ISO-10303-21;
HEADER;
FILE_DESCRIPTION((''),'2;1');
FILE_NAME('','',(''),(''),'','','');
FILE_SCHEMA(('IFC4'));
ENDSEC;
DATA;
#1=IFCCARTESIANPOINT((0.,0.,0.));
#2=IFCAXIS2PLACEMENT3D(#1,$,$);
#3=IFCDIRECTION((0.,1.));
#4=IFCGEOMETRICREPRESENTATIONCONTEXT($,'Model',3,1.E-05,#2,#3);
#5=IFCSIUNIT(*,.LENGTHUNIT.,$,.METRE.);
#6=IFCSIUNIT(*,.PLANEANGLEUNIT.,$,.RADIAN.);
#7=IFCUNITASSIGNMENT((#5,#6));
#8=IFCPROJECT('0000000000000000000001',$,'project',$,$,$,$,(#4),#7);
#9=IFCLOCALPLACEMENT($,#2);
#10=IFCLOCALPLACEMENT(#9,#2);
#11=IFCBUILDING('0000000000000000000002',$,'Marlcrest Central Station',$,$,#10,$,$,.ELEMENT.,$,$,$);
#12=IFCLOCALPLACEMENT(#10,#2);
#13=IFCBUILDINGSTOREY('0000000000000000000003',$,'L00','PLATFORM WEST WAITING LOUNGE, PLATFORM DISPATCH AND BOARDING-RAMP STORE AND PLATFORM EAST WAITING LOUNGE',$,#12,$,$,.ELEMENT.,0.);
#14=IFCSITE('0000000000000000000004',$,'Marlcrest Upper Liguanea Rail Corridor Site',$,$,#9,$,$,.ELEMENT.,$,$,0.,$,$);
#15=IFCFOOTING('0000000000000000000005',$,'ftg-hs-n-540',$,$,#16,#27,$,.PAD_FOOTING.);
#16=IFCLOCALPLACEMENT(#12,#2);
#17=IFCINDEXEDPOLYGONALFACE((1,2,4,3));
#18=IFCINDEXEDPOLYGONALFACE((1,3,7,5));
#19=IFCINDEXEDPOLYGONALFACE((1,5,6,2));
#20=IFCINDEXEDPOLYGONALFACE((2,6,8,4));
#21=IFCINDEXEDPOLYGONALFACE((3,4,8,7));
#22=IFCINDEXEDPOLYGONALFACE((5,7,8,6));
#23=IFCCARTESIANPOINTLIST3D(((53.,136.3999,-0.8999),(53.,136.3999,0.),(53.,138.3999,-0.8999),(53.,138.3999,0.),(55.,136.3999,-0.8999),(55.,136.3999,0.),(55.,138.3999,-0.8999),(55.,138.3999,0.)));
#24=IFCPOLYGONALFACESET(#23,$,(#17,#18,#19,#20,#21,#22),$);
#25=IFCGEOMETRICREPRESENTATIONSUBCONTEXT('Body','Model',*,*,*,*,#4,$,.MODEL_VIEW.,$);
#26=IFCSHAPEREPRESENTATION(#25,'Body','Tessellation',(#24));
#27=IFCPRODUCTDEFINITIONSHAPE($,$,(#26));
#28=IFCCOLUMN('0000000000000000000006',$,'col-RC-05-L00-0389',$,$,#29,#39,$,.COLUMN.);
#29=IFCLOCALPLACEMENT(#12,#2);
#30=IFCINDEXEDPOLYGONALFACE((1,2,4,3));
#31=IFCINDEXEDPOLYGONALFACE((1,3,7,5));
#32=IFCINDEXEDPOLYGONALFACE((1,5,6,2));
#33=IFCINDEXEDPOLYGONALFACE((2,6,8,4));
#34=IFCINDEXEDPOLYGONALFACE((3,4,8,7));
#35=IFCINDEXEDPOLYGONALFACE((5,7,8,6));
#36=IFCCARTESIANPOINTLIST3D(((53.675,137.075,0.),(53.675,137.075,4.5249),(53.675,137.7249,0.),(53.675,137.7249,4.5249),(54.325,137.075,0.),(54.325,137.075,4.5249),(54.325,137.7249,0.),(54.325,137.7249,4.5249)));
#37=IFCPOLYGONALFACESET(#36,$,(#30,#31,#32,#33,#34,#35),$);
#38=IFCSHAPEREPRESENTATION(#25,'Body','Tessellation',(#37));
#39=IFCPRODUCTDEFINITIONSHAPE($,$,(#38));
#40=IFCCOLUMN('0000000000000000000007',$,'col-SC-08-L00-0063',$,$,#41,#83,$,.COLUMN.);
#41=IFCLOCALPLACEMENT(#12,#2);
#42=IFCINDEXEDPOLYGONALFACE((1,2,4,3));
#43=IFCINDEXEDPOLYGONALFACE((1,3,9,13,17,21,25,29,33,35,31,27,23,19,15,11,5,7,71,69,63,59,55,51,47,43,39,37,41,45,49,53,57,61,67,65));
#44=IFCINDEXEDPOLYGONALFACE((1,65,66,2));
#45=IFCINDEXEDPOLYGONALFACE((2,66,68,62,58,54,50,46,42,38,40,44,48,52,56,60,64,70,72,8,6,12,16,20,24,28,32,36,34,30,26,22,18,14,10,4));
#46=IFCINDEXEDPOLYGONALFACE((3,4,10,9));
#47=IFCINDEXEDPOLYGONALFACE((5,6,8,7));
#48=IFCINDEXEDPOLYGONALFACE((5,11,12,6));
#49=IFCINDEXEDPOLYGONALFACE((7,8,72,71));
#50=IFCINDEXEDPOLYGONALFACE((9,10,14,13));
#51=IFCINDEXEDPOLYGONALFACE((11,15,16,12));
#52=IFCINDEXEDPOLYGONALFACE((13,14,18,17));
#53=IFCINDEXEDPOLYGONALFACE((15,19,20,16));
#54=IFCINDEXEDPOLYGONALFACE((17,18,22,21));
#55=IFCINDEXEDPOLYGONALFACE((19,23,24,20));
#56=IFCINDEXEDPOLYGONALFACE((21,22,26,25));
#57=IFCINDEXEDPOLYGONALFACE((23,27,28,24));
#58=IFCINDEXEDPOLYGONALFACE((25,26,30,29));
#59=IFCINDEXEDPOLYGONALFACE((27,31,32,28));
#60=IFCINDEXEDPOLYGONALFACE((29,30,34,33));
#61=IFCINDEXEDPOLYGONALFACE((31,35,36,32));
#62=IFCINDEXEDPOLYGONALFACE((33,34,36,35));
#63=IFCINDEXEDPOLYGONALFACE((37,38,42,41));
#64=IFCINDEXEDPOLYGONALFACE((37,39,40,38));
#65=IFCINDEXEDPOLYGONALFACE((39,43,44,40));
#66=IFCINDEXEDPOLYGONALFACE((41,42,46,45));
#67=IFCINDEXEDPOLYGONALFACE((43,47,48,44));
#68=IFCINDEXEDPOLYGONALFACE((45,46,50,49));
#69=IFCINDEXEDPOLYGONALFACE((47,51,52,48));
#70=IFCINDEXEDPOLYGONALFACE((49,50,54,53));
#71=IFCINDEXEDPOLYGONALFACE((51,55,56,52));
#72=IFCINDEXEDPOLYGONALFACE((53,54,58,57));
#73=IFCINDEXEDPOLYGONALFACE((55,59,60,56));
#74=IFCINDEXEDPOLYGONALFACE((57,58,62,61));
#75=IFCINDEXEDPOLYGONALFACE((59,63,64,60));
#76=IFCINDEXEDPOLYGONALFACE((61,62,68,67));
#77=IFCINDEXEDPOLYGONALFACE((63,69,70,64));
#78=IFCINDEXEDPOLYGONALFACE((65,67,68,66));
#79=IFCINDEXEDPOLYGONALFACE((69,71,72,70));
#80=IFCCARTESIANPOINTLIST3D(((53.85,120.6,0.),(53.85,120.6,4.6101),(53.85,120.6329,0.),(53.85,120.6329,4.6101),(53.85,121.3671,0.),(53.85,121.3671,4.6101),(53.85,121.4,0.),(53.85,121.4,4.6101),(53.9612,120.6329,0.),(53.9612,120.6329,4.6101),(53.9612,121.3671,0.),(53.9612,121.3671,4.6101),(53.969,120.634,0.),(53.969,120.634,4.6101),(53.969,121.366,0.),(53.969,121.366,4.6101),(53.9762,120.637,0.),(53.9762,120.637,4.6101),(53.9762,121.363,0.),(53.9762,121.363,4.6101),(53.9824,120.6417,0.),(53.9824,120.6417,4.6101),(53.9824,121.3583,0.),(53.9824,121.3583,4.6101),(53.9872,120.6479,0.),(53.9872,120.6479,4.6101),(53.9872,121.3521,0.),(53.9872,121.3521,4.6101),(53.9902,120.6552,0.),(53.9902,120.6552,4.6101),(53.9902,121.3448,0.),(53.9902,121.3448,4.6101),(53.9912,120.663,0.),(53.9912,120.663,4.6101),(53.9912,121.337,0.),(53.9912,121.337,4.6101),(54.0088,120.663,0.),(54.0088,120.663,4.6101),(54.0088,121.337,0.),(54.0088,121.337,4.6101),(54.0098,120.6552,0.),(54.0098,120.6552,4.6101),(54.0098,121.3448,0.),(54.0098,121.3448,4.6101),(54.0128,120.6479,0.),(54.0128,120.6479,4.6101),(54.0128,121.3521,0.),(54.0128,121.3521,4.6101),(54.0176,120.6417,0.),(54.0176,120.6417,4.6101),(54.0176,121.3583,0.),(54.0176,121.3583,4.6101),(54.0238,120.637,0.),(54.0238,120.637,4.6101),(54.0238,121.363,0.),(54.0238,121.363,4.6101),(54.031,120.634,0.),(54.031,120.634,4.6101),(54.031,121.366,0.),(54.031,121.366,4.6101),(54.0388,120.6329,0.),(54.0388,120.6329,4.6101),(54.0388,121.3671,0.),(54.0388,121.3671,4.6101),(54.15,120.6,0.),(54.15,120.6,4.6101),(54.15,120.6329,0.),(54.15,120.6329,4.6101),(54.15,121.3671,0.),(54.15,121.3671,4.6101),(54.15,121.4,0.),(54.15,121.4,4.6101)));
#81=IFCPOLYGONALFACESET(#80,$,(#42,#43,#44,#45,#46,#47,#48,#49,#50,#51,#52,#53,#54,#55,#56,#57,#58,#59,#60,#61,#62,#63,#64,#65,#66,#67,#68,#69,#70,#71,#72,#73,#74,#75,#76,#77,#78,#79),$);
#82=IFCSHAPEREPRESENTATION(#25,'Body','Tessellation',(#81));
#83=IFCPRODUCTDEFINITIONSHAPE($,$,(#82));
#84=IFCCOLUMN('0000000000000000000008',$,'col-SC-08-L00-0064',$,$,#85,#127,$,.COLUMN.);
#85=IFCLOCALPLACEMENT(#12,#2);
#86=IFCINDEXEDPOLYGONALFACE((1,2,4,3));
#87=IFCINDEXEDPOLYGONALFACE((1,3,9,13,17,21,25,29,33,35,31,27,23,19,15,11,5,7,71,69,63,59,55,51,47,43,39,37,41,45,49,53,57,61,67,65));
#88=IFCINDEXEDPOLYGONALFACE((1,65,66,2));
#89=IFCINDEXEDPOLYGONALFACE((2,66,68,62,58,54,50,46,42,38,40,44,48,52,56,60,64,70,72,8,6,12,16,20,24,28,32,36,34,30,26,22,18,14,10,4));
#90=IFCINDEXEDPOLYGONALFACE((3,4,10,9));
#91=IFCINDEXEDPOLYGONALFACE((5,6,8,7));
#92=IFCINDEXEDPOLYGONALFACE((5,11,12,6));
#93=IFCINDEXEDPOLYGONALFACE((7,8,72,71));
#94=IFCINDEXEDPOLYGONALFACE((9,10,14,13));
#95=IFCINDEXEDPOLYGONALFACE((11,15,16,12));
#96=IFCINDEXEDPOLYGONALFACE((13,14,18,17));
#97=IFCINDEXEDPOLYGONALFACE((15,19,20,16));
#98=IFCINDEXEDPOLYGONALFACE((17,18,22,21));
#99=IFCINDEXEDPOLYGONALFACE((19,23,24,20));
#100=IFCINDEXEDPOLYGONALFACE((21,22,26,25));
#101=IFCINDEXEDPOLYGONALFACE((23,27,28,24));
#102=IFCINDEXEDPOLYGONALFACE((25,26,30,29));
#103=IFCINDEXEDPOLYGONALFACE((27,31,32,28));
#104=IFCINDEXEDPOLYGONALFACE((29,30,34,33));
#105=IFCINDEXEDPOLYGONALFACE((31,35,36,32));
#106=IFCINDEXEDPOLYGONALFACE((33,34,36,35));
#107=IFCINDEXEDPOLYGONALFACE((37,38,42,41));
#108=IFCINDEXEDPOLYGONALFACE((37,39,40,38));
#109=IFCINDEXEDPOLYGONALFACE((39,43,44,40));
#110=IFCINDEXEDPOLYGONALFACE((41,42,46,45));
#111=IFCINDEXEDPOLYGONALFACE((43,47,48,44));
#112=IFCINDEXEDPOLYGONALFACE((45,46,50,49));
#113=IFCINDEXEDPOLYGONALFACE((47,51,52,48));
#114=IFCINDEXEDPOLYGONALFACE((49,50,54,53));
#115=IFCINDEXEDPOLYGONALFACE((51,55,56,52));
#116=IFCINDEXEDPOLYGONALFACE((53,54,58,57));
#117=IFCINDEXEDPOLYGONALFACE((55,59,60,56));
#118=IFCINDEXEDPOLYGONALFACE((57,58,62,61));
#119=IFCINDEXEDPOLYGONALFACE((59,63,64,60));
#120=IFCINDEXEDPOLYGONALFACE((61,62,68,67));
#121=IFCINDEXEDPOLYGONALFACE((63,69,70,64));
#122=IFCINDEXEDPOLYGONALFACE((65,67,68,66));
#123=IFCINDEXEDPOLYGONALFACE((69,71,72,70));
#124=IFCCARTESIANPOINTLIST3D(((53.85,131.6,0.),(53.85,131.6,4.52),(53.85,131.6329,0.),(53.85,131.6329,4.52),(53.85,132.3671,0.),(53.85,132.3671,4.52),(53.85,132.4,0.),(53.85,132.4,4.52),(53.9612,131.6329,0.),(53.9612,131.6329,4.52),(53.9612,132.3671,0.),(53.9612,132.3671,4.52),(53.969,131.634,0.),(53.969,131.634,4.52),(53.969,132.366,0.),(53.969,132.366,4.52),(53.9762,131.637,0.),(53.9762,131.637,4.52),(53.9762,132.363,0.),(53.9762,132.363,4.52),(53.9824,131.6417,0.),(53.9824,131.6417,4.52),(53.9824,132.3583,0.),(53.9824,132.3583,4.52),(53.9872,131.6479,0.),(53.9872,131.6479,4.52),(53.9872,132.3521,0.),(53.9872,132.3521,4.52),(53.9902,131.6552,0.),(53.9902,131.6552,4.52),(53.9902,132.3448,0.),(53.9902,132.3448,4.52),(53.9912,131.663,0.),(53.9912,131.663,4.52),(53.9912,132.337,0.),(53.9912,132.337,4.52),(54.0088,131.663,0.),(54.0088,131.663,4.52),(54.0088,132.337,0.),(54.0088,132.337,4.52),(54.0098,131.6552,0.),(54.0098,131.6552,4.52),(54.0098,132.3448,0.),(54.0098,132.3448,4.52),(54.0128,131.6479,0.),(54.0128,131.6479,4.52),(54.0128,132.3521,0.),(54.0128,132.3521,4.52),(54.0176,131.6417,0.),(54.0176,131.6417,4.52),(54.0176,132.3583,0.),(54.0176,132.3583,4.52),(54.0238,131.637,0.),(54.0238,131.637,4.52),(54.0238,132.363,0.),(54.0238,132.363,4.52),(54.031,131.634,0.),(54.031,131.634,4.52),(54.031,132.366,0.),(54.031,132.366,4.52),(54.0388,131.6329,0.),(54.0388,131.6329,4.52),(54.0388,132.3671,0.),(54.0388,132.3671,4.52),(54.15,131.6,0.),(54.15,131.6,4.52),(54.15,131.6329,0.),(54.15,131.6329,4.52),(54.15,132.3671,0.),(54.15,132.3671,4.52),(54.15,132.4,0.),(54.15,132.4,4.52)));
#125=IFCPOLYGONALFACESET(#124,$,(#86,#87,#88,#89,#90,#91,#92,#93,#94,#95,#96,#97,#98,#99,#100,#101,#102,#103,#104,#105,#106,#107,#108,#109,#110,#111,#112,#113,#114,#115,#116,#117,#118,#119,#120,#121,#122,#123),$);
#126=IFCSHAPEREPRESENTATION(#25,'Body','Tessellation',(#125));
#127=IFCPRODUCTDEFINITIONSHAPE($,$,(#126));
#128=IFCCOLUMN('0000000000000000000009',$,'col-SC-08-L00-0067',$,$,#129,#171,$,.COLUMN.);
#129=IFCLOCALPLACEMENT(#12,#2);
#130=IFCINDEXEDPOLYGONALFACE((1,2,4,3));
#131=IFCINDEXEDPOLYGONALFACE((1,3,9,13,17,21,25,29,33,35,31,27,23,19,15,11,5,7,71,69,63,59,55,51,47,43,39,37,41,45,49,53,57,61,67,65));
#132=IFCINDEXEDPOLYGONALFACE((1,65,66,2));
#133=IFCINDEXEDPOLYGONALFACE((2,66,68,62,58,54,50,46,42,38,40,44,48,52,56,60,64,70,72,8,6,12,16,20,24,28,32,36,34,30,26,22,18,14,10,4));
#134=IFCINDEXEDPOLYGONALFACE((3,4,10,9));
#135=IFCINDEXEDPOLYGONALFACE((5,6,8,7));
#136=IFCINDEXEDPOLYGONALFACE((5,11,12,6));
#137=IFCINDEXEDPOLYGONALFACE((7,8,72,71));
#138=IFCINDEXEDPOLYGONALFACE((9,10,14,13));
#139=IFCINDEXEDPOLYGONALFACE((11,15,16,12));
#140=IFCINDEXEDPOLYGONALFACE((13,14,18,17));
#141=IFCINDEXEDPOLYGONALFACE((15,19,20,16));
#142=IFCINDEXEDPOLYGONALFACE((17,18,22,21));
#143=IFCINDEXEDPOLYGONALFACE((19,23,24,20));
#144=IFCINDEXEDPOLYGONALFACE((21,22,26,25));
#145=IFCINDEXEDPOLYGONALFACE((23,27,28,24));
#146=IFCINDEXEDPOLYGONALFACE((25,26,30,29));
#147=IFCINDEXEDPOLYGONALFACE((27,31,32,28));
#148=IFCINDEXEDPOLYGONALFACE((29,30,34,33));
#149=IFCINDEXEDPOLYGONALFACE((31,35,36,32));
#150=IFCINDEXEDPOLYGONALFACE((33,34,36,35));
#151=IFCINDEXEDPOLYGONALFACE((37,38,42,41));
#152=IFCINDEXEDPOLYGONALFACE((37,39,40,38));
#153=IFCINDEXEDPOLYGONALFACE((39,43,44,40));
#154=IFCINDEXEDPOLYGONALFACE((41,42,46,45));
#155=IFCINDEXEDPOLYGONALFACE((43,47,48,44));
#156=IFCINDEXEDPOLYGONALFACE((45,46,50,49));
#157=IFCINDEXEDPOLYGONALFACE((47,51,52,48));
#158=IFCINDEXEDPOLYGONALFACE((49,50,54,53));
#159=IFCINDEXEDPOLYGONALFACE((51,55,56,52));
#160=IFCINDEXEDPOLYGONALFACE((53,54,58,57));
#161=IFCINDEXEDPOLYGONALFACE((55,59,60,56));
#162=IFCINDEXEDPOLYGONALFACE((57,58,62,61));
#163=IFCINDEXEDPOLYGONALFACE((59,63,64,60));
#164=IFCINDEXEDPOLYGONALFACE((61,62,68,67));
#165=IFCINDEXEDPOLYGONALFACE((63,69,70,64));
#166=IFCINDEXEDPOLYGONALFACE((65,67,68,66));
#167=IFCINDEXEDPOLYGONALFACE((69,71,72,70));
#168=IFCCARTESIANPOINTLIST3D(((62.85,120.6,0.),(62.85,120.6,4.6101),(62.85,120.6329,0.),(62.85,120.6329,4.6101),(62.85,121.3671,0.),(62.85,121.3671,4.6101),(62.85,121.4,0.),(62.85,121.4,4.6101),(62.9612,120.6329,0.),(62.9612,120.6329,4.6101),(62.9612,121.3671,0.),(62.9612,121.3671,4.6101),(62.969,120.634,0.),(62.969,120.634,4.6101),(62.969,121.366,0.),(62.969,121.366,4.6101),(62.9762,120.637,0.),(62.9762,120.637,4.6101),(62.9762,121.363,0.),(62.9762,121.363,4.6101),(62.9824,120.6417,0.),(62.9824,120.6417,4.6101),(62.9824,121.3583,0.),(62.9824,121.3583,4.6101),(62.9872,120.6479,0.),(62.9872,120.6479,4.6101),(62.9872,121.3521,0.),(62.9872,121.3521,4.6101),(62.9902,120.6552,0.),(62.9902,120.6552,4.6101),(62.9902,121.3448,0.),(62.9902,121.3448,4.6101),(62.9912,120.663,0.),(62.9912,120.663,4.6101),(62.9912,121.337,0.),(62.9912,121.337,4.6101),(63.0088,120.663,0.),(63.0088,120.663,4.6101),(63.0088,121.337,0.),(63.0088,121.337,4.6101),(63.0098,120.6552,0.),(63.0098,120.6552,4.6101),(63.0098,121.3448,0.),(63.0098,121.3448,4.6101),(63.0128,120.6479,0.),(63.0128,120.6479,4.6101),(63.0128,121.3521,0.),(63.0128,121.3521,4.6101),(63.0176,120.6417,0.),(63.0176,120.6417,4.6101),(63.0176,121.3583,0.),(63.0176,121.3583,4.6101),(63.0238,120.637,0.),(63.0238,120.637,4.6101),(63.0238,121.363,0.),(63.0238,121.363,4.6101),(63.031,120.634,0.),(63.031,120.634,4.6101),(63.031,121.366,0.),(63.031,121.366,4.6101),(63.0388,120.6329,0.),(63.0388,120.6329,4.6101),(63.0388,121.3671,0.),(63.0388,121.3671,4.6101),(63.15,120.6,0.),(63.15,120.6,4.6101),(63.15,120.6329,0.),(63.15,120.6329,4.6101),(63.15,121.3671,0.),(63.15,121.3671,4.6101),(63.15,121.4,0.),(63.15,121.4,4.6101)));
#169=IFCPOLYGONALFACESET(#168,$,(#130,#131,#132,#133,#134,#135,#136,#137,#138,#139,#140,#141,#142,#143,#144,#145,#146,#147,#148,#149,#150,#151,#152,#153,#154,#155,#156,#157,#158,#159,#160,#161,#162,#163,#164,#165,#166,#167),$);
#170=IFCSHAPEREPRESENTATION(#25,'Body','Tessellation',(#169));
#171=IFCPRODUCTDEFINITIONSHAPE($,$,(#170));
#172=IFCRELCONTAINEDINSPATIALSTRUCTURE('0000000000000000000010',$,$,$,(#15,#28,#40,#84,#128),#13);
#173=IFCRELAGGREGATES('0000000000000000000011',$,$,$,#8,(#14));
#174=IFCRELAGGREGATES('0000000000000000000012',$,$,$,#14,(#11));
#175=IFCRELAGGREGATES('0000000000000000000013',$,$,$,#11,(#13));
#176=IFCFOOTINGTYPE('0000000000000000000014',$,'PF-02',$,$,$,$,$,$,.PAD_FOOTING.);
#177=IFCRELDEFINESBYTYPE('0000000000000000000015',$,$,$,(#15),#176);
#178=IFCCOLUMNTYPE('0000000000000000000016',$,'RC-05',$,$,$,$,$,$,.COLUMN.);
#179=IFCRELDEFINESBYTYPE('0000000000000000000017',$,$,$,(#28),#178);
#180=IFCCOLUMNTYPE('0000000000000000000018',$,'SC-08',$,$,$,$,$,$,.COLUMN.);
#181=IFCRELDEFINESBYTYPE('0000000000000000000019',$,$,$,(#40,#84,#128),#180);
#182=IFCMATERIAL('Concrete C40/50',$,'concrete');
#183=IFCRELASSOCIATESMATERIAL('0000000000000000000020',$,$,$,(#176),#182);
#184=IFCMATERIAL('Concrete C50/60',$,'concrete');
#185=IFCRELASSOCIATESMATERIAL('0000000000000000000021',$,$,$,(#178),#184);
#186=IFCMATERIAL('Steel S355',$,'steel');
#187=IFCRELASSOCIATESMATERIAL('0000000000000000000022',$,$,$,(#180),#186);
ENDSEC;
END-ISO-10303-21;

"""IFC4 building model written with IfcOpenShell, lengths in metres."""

from ifc_helpers import new_model, si_unit, direction, frame, origin, origin_2d, place, context, subcontext, project, spatial, rectangle, i_section, extrude, material, material_profile, profile_set, type_object, element, save


model = new_model("IFC4")

# Units and contexts
model_context = context("Model", 3, precision=1e-05, world=origin(), true_north=direction((0.0, 1.0)))
body_context = subcontext(model_context, "Body", "Model", "MODEL_VIEW")
ifc_project = project(units=[si_unit("LENGTHUNIT", "METRE"), si_unit("PLANEANGLEUNIT", "RADIAN")], contexts=[model_context])

# Site, building, storey
site_placement = place(None, origin())
site = spatial("IfcSite", under=ifc_project, at=site_placement, Name="Marlcrest Upper Liguanea Rail Corridor Site", CompositionType="ELEMENT", RefElevation=0.0)
building_placement = place(site_placement, origin())
building = spatial("IfcBuilding", under=site, at=building_placement, Name="Marlcrest Central Station", CompositionType="ELEMENT")
storey_placement = place(building_placement, origin())
storey = spatial("IfcBuildingStorey", under=building, at=storey_placement, Name="L00", Description="PLATFORM WEST WAITING LOUNGE, PLATFORM DISPATCH AND BOARDING-RAMP STORE AND PLATFORM EAST WAITING LOUNGE", CompositionType="ELEMENT", Elevation=0.0)

# Footing
ifc_material_1 = material(Name="Concrete C40/50", Category="concrete")
footing_type = type_object("IfcFootingType", Name="PF-02", PredefinedType="PAD_FOOTING", material=ifc_material_1)
footing_placement = place(storey_placement, frame((54.0, 137.3999, -0.8999), z_axis=(0.0, 0.0, 1.0), x_axis=(1.0, 0.0, 0.0)))
element("IfcFooting", 1, at=footing_placement, inside=storey, type_object=footing_type, Name="ftg-hs-n-540", PredefinedType="PAD_FOOTING", context=body_context, shape_type="SweptSolid", body=[
    extrude(rectangle(XDim=2.0, YDim=2.0, at=origin_2d()), origin(), (0.0, 0.0, 1.0), 0.8999),
])

# Columns
ifc_material_2 = material(Name="Concrete C50/60", Category="concrete")
ifc_material_profile_1 = material_profile(ifc_material_2, rectangle(XDim=0.6499, YDim=0.6499, at=origin_2d()), Name="RC 650x650")
ifc_profile_set_1 = profile_set([ifc_material_profile_1], Name="Concrete C50/60")
column_type_1 = type_object("IfcColumnType", Name="RC-05", PredefinedType="COLUMN", material=ifc_profile_set_1)
column_1_placement = place(storey_placement, frame((54.0, 137.3999, 0.0), z_axis=(0.0, 0.0, 1.0), x_axis=(1.0, 0.0, 0.0)))
element("IfcColumn", 2, at=column_1_placement, inside=storey, type_object=column_type_1, Name="col-RC-05-L00-0389", PredefinedType="COLUMN", context=body_context, shape_type="SweptSolid", body=[
    extrude(rectangle(XDim=0.6499, YDim=0.6499, at=origin_2d()), origin(), (0.0, 0.0, 1.0), 4.5249),
])
ifc_material_3 = material(Name="Steel S355", Category="steel")
ifc_material_profile_2 = material_profile(ifc_material_3, i_section(OverallWidth=0.3, OverallDepth=0.8, WebThickness=0.0176, FlangeThickness=0.033, FilletRadius=0.03, at=origin_2d()), Name="HEB 800")
ifc_profile_set_2 = profile_set([ifc_material_profile_2], Name="Steel S355")
column_type_2 = type_object("IfcColumnType", Name="SC-08", PredefinedType="COLUMN", material=ifc_profile_set_2)
column_2_placement = place(storey_placement, frame((54.0, 121.0, 0.0), z_axis=(0.0, 0.0, 1.0), x_axis=(1.0, 0.0, 0.0)))
element("IfcColumn", 3, at=column_2_placement, inside=storey, type_object=column_type_2, Name="col-SC-08-L00-0063", PredefinedType="COLUMN", context=body_context, shape_type="SweptSolid", body=[
    extrude(i_section(OverallWidth=0.3, OverallDepth=0.8, WebThickness=0.0176, FlangeThickness=0.033, FilletRadius=0.03, at=origin_2d()), origin(), (0.0, 0.0, 1.0), 4.6101),
])
column_3_placement = place(storey_placement, frame((54.0, 132.0, 0.0), z_axis=(0.0, 0.0, 1.0), x_axis=(1.0, 0.0, 0.0)))
element("IfcColumn", 4, at=column_3_placement, inside=storey, type_object=column_type_2, Name="col-SC-08-L00-0064", PredefinedType="COLUMN", context=body_context, shape_type="SweptSolid", body=[
    extrude(i_section(OverallWidth=0.3, OverallDepth=0.8, WebThickness=0.0176, FlangeThickness=0.033, FilletRadius=0.03, at=origin_2d()), origin(), (0.0, 0.0, 1.0), 4.52),
])
column_4_placement = place(storey_placement, frame((63.0, 121.0, 0.0), z_axis=(0.0, 0.0, 1.0), x_axis=(1.0, 0.0, 0.0)))
element("IfcColumn", 5, at=column_4_placement, inside=storey, type_object=column_type_2, Name="col-SC-08-L00-0067", PredefinedType="COLUMN", context=body_context, shape_type="SweptSolid", body=[
    extrude(i_section(OverallWidth=0.3, OverallDepth=0.8, WebThickness=0.0176, FlangeThickness=0.033, FilletRadius=0.03, at=origin_2d()), origin(), (0.0, 0.0, 1.0), 4.6101),
])

save(model, "model.ifc")
